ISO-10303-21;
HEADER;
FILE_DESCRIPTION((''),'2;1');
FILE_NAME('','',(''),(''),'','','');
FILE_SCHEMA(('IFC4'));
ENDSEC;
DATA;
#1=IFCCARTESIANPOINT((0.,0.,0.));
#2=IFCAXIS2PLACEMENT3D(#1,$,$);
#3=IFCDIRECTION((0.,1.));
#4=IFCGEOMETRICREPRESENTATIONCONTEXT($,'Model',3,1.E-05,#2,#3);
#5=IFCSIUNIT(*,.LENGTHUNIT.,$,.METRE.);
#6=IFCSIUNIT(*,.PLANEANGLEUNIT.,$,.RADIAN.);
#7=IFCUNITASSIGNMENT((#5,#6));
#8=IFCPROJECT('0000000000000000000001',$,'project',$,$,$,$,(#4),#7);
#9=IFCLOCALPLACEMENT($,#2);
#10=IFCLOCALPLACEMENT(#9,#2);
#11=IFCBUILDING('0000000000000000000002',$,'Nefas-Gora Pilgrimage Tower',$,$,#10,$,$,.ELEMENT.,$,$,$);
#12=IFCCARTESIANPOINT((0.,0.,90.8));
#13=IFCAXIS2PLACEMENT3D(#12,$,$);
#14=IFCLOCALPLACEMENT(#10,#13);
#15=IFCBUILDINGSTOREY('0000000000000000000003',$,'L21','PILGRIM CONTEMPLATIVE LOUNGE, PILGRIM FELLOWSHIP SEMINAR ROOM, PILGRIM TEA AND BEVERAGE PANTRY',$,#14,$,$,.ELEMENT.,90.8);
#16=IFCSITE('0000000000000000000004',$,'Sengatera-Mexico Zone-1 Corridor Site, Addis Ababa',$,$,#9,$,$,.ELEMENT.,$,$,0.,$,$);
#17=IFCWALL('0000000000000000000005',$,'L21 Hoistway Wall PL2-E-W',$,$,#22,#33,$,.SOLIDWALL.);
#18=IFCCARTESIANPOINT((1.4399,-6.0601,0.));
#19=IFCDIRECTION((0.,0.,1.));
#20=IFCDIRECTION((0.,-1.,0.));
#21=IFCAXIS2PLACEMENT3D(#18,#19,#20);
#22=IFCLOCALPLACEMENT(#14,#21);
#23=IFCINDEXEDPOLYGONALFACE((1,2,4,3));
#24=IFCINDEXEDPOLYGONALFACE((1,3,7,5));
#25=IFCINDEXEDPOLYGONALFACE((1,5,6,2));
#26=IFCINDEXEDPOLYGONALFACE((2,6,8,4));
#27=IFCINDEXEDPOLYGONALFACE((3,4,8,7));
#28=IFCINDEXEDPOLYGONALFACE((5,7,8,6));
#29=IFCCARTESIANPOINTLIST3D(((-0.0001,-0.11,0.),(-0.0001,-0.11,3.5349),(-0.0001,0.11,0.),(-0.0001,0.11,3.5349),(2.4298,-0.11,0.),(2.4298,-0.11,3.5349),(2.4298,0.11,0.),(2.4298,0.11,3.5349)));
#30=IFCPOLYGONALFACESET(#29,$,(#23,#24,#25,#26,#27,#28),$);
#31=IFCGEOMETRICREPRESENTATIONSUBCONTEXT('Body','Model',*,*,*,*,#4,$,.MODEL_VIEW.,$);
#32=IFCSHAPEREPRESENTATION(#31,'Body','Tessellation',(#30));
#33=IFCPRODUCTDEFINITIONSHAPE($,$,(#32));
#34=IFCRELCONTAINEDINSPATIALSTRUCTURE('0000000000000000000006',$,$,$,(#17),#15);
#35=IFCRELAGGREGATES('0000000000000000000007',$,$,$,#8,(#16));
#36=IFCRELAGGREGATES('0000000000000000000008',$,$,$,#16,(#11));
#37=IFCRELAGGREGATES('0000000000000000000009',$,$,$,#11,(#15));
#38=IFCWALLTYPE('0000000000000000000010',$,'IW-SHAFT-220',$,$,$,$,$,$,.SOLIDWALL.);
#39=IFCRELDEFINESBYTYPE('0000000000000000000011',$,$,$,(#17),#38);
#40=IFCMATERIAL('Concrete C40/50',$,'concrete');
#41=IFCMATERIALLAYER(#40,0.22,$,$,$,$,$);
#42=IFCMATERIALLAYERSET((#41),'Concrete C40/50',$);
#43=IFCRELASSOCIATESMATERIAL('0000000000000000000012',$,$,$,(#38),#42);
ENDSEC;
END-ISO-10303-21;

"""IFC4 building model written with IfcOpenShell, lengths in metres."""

from ifc_helpers import new_model, si_unit, direction, frame, frame_2d, origin, place, context, subcontext, project, spatial, rectangle, extrude, source, transform, mapped, material, layer, layer_set, type_object, element, save


model = new_model("IFC4")

# Units and contexts
model_context = context("Model", 3, precision=1e-05, world=origin(), true_north=direction((0.0, 1.0)))
body_context = subcontext(model_context, "Body", "Model", "MODEL_VIEW")
ifc_project = project(units=[si_unit("LENGTHUNIT", "METRE"), si_unit("PLANEANGLEUNIT", "RADIAN")], contexts=[model_context])

# Site, building, storey
site_placement = place(None, origin())
site = spatial("IfcSite", under=ifc_project, at=site_placement, Name="Sengatera-Mexico Zone-1 Corridor Site, Addis Ababa", CompositionType="ELEMENT", RefElevation=0.0)
building_placement = place(site_placement, origin())
building = spatial("IfcBuilding", under=site, at=building_placement, Name="Nefas-Gora Pilgrimage Tower", CompositionType="ELEMENT")
storey_placement = place(building_placement, frame((0.0, 0.0, 90.8)))
storey = spatial("IfcBuildingStorey", under=building, at=storey_placement, Name="L21", Description="PILGRIM CONTEMPLATIVE LOUNGE, PILGRIM FELLOWSHIP SEMINAR ROOM, PILGRIM TEA AND BEVERAGE PANTRY", CompositionType="ELEMENT", Elevation=90.8)

# Shared definitions
ifc_material_1 = material(Name="Concrete C40/50", Category="concrete")
ifc_layer_1 = layer(ifc_material_1, 0.22)
ifc_layer_set_1 = layer_set([ifc_layer_1], Name="Concrete C40/50")
wall_type_1 = type_object("IfcWallType", Name="IW-SHAFT-220", PredefinedType="SOLIDWALL", material=ifc_layer_set_1)

# Wall
shared_shape_1 = source(origin(), body_context, "Body", "SweptSolid", [
    extrude(rectangle(XDim=2.4299, YDim=0.22, at=frame_2d((1.2148, 0.0))), origin(), (0.0, 0.0, 1.0), 3.5349),
])
for number, where, z_axis, x_axis, name in (
    (1, (1.4399, -6.0601, 0.0), (0.0, 0.0, 1.0), (0.0, -1.0, 0.0), "L21 Hoistway Wall PL2-E-W"),
):
    element("IfcWall", number, at=place(storey_placement, frame(where, z_axis=z_axis, x_axis=x_axis)), inside=storey, type_object=wall_type_1, Name=name, PredefinedType="SOLIDWALL", context=body_context, shape_type="MappedRepresentation", body=[
        mapped(shared_shape_1, transform((0.0, 0.0, 0.0), x_axis=(1.0, 0.0, 0.0), y_axis=(0.0, 1.0, 0.0), z_axis=(0.0, 0.0, 1.0), scale=1.0)),
    ])

save(model, "model.ifc")
